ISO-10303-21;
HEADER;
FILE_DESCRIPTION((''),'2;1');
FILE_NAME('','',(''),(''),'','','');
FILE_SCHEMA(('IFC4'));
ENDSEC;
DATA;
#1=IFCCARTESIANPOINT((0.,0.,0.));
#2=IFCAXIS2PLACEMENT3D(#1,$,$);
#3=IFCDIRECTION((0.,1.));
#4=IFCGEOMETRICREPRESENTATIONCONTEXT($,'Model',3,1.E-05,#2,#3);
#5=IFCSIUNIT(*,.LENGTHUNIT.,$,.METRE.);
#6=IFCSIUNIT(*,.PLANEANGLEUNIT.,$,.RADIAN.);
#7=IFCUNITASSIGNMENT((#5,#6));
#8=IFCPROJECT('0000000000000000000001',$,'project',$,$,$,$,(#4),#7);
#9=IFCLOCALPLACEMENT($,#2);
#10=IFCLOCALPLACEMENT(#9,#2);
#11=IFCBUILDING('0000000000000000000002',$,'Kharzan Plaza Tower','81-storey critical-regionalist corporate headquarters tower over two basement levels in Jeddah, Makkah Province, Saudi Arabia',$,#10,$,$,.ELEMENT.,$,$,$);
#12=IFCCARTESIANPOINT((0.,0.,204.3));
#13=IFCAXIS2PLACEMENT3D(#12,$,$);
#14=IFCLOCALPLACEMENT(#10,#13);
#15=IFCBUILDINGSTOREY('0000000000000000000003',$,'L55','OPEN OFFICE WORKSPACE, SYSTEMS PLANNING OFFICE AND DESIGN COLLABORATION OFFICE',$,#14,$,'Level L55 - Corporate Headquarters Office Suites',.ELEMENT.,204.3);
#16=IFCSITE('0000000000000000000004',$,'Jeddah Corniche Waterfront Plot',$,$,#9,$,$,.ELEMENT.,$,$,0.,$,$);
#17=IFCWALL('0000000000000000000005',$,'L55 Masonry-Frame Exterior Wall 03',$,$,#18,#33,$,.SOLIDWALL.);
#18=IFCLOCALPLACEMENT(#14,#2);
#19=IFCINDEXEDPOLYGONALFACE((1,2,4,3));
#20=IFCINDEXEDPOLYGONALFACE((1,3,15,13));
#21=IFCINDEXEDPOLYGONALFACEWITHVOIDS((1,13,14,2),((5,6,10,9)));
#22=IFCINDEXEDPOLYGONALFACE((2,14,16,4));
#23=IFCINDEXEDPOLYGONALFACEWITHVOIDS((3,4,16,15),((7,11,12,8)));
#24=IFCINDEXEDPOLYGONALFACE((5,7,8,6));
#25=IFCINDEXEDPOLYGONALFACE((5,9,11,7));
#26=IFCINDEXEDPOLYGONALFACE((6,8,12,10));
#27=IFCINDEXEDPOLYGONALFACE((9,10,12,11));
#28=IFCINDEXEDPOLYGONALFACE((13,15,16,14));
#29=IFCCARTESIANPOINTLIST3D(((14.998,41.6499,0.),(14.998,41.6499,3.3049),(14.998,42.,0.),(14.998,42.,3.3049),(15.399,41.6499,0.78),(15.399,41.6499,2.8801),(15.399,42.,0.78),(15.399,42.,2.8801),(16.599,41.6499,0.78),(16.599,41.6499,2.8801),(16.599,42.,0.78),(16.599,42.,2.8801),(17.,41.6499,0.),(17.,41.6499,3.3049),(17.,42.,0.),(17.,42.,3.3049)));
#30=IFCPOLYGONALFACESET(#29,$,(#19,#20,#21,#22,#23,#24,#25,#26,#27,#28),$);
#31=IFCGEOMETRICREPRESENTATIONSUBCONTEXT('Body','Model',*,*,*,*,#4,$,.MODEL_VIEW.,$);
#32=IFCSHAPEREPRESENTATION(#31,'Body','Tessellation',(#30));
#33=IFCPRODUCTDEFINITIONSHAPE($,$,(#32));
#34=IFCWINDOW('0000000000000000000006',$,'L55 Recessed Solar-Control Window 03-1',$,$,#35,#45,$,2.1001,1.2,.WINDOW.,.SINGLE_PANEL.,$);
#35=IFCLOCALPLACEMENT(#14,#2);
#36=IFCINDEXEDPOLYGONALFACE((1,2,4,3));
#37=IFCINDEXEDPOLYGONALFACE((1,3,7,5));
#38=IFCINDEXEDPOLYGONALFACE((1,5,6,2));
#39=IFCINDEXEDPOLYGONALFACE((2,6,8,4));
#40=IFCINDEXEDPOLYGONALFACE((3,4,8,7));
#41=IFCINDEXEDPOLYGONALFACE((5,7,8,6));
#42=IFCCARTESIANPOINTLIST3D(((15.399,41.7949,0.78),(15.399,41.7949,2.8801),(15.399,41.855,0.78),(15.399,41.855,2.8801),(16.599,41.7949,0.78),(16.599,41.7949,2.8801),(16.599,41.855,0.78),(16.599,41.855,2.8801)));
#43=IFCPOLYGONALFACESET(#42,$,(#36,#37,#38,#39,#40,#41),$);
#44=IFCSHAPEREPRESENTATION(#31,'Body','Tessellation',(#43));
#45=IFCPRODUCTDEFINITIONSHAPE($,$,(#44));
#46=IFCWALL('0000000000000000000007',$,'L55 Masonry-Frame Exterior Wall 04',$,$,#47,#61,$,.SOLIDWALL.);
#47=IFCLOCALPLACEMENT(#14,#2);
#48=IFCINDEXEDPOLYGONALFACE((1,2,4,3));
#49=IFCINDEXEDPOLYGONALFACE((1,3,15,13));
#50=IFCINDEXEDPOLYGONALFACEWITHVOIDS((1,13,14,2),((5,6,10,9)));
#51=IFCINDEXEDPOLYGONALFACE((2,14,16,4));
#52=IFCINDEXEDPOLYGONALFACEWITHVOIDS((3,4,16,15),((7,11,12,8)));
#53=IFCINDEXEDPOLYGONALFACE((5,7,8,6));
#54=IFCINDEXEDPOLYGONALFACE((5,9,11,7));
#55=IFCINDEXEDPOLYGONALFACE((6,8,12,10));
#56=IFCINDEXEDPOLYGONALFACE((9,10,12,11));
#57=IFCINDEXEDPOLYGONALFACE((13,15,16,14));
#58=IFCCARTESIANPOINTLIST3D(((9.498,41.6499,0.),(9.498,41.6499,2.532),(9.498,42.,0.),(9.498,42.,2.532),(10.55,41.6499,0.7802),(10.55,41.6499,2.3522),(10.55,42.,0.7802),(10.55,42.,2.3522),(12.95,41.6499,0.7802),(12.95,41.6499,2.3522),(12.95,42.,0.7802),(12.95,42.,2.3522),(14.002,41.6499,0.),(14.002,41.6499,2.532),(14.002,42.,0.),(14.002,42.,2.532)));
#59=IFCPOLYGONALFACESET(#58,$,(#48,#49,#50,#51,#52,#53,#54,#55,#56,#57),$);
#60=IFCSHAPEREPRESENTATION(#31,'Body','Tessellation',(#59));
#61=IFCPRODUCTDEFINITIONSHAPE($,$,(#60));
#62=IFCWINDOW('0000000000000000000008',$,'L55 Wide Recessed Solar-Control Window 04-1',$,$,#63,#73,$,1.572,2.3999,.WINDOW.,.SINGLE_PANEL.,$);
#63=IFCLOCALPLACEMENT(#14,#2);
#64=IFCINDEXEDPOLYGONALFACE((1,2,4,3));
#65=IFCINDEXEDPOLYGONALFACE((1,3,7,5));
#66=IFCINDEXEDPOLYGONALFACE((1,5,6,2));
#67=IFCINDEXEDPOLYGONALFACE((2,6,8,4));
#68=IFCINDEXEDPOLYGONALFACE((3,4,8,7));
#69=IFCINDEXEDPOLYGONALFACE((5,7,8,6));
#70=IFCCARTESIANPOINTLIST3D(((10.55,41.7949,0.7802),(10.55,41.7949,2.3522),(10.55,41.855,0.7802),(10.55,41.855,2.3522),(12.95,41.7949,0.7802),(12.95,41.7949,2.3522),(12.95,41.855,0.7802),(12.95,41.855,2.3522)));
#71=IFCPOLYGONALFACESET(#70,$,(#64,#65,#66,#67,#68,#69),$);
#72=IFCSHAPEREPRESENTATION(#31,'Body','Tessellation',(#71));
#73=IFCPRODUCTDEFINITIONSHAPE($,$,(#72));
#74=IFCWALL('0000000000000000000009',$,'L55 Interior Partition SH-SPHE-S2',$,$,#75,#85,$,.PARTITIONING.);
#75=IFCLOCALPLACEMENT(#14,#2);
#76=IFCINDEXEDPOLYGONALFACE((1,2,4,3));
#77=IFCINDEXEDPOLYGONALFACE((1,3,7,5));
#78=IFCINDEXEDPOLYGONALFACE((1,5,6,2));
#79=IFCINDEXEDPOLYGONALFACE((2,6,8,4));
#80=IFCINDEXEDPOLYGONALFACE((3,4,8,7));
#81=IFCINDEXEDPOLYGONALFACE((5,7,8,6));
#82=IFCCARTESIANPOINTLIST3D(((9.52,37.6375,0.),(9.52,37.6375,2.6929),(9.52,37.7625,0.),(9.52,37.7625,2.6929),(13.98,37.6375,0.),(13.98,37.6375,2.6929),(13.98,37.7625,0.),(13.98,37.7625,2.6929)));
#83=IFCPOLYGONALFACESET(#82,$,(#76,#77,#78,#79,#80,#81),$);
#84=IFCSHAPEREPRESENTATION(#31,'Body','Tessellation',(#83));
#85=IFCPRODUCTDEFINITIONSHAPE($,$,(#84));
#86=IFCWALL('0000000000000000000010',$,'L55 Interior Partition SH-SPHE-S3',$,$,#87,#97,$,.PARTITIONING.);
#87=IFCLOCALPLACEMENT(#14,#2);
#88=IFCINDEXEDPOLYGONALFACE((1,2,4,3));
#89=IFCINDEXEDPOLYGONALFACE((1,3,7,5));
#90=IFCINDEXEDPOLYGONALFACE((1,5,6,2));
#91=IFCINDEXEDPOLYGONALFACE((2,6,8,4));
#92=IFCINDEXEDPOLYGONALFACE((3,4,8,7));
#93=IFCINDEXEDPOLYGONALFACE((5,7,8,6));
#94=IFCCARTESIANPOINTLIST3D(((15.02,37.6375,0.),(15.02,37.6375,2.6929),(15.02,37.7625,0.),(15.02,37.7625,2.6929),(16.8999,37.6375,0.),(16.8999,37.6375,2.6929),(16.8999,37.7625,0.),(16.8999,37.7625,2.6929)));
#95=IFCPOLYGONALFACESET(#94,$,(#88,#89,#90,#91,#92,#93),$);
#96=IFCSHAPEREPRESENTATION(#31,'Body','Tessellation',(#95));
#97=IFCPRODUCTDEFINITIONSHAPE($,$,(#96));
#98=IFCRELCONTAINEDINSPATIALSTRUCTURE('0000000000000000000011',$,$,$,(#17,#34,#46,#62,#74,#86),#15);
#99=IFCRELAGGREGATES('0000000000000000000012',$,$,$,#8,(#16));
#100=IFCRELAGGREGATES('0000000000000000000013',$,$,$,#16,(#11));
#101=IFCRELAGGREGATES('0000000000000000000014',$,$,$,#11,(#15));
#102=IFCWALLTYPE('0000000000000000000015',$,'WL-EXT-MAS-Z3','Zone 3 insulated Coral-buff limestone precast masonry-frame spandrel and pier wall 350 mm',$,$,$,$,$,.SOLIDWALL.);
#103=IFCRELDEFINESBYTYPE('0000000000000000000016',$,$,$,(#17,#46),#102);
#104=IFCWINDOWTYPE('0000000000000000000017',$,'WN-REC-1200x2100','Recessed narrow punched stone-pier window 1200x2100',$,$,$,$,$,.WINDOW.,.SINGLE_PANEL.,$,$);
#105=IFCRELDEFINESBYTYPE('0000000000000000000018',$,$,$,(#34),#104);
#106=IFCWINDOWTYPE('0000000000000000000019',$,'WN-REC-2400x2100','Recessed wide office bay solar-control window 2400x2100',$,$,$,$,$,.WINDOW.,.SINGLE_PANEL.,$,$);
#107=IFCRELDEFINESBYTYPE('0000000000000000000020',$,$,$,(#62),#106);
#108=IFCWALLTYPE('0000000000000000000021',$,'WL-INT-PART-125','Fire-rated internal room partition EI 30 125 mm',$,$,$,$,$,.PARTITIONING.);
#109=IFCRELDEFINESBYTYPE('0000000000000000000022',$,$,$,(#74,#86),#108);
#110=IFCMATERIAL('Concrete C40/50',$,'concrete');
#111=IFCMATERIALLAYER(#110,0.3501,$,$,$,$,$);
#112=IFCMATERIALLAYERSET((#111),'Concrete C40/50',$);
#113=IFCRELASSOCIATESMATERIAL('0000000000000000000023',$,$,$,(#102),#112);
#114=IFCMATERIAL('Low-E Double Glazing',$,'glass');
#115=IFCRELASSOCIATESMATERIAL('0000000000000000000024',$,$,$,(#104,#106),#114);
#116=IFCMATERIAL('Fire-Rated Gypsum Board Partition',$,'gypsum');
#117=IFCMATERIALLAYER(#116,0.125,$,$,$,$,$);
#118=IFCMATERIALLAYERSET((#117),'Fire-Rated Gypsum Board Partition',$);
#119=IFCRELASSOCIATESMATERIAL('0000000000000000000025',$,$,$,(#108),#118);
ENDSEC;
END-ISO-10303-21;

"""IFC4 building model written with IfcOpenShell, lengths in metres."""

from ifc_helpers import new_model, si_unit, direction, frame, frame_2d, origin, place, context, subcontext, project, spatial, rectangle, extrude, source, transform, mapped, material, layer, layer_set, type_object, element, fill, save


model = new_model("IFC4")

# Units and contexts
model_context = context("Model", 3, precision=1e-05, world=origin(), true_north=direction((0.0, 1.0)))
body_context = subcontext(model_context, "Body", "Model", "MODEL_VIEW")
ifc_project = project(units=[si_unit("LENGTHUNIT", "METRE"), si_unit("PLANEANGLEUNIT", "RADIAN")], contexts=[model_context])

# Site, building, storey
site_placement = place(None, origin())
site = spatial("IfcSite", under=ifc_project, at=site_placement, Name="Jeddah Corniche Waterfront Plot", CompositionType="ELEMENT", RefElevation=0.0)
building_placement = place(site_placement, origin())
building = spatial("IfcBuilding", under=site, at=building_placement, Name="Kharzan Plaza Tower", Description="81-storey critical-regionalist corporate headquarters tower over two basement levels in Jeddah, Makkah Province, Saudi Arabia", CompositionType="ELEMENT")
storey_placement = place(building_placement, frame((0.0, 0.0, 204.3)))
storey = spatial("IfcBuildingStorey", under=building, at=storey_placement, Name="L55", Description="OPEN OFFICE WORKSPACE, SYSTEMS PLANNING OFFICE AND DESIGN COLLABORATION OFFICE", LongName="Level L55 - Corporate Headquarters Office Suites", CompositionType="ELEMENT", Elevation=204.3)

# Walls, openings, windows
ifc_material_1 = material(Name="Concrete C40/50", Category="concrete")
ifc_layer_1 = layer(ifc_material_1, 0.3501)
ifc_layer_set_1 = layer_set([ifc_layer_1], Name="Concrete C40/50")
wall_type_1 = type_object("IfcWallType", Name="WL-EXT-MAS-Z3", Description="Zone 3 insulated Coral-buff limestone precast masonry-frame spandrel and pier wall 350 mm", PredefinedType="SOLIDWALL", material=ifc_layer_set_1)
ifc_material_2 = material(Name="Low-E Double Glazing", Category="glass")
window_type_1 = type_object("IfcWindowType", Name="WN-REC-1200x2100", Description="Recessed narrow punched stone-pier window 1200x2100", PartitioningType="SINGLE_PANEL", PredefinedType="WINDOW", material=ifc_material_2)
shared_shape_1 = source(origin(), body_context, "Body", "SweptSolid", [
    extrude(rectangle(XDim=1.2, YDim=2.1001, at=frame_2d((0.6001, 1.05))), frame((0.0, 0.03, 0.0), z_axis=(0.0, -1.0, 0.0), x_axis=(1.0, 0.0, 0.0)), (0.0, 0.0, 1.0), 0.0601),
])
wall_1_placement = place(storey_placement, frame((17.0, 41.825, 0.0), z_axis=(0.0, 0.0, 1.0), x_axis=(-1.0, 0.0, 0.0)))
wall_1 = element("IfcWall", 1, at=wall_1_placement, inside=storey, type_object=wall_type_1, Name="L55 Masonry-Frame Exterior Wall 03", PredefinedType="SOLIDWALL", context=body_context, shape_type="SweptSolid", body=[
    extrude(rectangle(XDim=2.002, YDim=0.3501, at=frame_2d((1.001, 0.0))), origin(), (0.0, 0.0, 1.0), 3.3049),
])
opening_1_placement = place(wall_1_placement, frame((0.4009, 0.0, 0.78)))
opening_1 = element("IfcOpeningElement", 2, at=opening_1_placement, cuts=wall_1, PredefinedType="OPENING", context=body_context, shape_type="SweptSolid", body=[
    extrude(rectangle(XDim=1.2, YDim=2.1001, at=frame_2d((0.6001, 1.05))), frame((0.0, 0.1851, 0.0), z_axis=(0.0, -1.0, 0.0), x_axis=(1.0, 0.0, 0.0)), (0.0, 0.0, 1.0), 0.3701),
])
window_1_placement = place(opening_1_placement, origin())
window_1 = element("IfcWindow", 3, at=window_1_placement, inside=storey, type_object=window_type_1, Name="L55 Recessed Solar-Control Window 03-1", OverallHeight=2.1001, OverallWidth=1.2, PartitioningType="SINGLE_PANEL", PredefinedType="WINDOW", context=body_context, shape_type="MappedRepresentation", body=[
    mapped(shared_shape_1, transform((0.0, 0.0, 0.0), x_axis=(1.0, 0.0, 0.0), y_axis=(0.0, 1.0, 0.0), z_axis=(0.0, 0.0, 1.0))),
])
fill(opening_1, window_1)
wall_2_placement = place(storey_placement, frame((14.002, 41.825, 0.0), z_axis=(0.0, 0.0, 1.0), x_axis=(-1.0, 0.0, 0.0)))
wall_2 = element("IfcWall", 4, at=wall_2_placement, inside=storey, type_object=wall_type_1, Name="L55 Masonry-Frame Exterior Wall 04", PredefinedType="SOLIDWALL", context=body_context, shape_type="SweptSolid", body=[
    extrude(rectangle(XDim=4.5039, YDim=0.3501, at=frame_2d((2.252, 0.0))), origin(), (0.0, 0.0, 1.0), 2.532),
])
opening_2_placement = place(wall_2_placement, frame((1.052, 0.0, 0.78)))
opening_2 = element("IfcOpeningElement", 5, at=opening_2_placement, cuts=wall_2, PredefinedType="OPENING", context=body_context, shape_type="SweptSolid", body=[
    extrude(rectangle(XDim=2.3999, YDim=1.572, at=frame_2d((1.2, 0.7861))), frame((0.0, 0.1851, 0.0), z_axis=(0.0, -1.0, 0.0), x_axis=(1.0, 0.0, 0.0)), (0.0, 0.0, 1.0), 0.3701),
])
window_type_2 = type_object("IfcWindowType", Name="WN-REC-2400x2100", Description="Recessed wide office bay solar-control window 2400x2100", PartitioningType="SINGLE_PANEL", PredefinedType="WINDOW", material=ifc_material_2)
shared_shape_2 = source(origin(), body_context, "Body", "SweptSolid", [
    extrude(rectangle(XDim=2.3999, YDim=1.572, at=frame_2d((1.2, 0.7861))), frame((0.0, 0.03, 0.0), z_axis=(0.0, -1.0, 0.0), x_axis=(1.0, 0.0, 0.0)), (0.0, 0.0, 1.0), 0.0601),
])
window_2_placement = place(opening_2_placement, origin())
window_2 = element("IfcWindow", 6, at=window_2_placement, inside=storey, type_object=window_type_2, Name="L55 Wide Recessed Solar-Control Window 04-1", OverallHeight=1.572, OverallWidth=2.3999, PartitioningType="SINGLE_PANEL", PredefinedType="WINDOW", context=body_context, shape_type="MappedRepresentation", body=[
    mapped(shared_shape_2, transform((0.0, 0.0, 0.0), x_axis=(1.0, 0.0, 0.0), y_axis=(0.0, 1.0, 0.0), z_axis=(0.0, 0.0, 1.0))),
])
fill(opening_2, window_2)

# Walls
ifc_material_3 = material(Name="Fire-Rated Gypsum Board Partition", Category="gypsum")
ifc_layer_2 = layer(ifc_material_3, 0.125)
ifc_layer_set_2 = layer_set([ifc_layer_2], Name="Fire-Rated Gypsum Board Partition")
wall_type_2 = type_object("IfcWallType", Name="WL-INT-PART-125", Description="Fire-rated internal room partition EI 30 125 mm", PredefinedType="PARTITIONING", material=ifc_layer_set_2)
shared_shape_3 = source(origin(), body_context, "Body", "SweptSolid", [
    extrude(rectangle(XDim=4.46, YDim=0.125, at=frame_2d((2.23, 0.0))), origin(), (0.0, 0.0, 1.0), 2.6929),
])
wall_3_placement = place(storey_placement, frame((9.52, 37.7, 0.0), z_axis=(0.0, 0.0, 1.0), x_axis=(1.0, 0.0, 0.0)))
element("IfcWall", 7, at=wall_3_placement, inside=storey, type_object=wall_type_2, Name="L55 Interior Partition SH-SPHE-S2", PredefinedType="PARTITIONING", context=body_context, shape_type="MappedRepresentation", body=[
    mapped(shared_shape_3, transform((0.0, 0.0, 0.0), x_axis=(1.0, 0.0, 0.0), y_axis=(0.0, 1.0, 0.0), z_axis=(0.0, 0.0, 1.0))),
])
shared_shape_4 = source(origin(), body_context, "Body", "SweptSolid", [
    extrude(rectangle(XDim=1.8799, YDim=0.125, at=frame_2d((0.9399, 0.0))), origin(), (0.0, 0.0, 1.0), 2.6929),
])
wall_4_placement = place(storey_placement, frame((15.02, 37.7, 0.0), z_axis=(0.0, 0.0, 1.0), x_axis=(1.0, 0.0, 0.0)))
element("IfcWall", 8, at=wall_4_placement, inside=storey, type_object=wall_type_2, Name="L55 Interior Partition SH-SPHE-S3", PredefinedType="PARTITIONING", context=body_context, shape_type="MappedRepresentation", body=[
    mapped(shared_shape_4, transform((0.0, 0.0, 0.0), x_axis=(1.0, 0.0, 0.0), y_axis=(0.0, 1.0, 0.0), z_axis=(0.0, 0.0, 1.0))),
])

save(model, "model.ifc")
